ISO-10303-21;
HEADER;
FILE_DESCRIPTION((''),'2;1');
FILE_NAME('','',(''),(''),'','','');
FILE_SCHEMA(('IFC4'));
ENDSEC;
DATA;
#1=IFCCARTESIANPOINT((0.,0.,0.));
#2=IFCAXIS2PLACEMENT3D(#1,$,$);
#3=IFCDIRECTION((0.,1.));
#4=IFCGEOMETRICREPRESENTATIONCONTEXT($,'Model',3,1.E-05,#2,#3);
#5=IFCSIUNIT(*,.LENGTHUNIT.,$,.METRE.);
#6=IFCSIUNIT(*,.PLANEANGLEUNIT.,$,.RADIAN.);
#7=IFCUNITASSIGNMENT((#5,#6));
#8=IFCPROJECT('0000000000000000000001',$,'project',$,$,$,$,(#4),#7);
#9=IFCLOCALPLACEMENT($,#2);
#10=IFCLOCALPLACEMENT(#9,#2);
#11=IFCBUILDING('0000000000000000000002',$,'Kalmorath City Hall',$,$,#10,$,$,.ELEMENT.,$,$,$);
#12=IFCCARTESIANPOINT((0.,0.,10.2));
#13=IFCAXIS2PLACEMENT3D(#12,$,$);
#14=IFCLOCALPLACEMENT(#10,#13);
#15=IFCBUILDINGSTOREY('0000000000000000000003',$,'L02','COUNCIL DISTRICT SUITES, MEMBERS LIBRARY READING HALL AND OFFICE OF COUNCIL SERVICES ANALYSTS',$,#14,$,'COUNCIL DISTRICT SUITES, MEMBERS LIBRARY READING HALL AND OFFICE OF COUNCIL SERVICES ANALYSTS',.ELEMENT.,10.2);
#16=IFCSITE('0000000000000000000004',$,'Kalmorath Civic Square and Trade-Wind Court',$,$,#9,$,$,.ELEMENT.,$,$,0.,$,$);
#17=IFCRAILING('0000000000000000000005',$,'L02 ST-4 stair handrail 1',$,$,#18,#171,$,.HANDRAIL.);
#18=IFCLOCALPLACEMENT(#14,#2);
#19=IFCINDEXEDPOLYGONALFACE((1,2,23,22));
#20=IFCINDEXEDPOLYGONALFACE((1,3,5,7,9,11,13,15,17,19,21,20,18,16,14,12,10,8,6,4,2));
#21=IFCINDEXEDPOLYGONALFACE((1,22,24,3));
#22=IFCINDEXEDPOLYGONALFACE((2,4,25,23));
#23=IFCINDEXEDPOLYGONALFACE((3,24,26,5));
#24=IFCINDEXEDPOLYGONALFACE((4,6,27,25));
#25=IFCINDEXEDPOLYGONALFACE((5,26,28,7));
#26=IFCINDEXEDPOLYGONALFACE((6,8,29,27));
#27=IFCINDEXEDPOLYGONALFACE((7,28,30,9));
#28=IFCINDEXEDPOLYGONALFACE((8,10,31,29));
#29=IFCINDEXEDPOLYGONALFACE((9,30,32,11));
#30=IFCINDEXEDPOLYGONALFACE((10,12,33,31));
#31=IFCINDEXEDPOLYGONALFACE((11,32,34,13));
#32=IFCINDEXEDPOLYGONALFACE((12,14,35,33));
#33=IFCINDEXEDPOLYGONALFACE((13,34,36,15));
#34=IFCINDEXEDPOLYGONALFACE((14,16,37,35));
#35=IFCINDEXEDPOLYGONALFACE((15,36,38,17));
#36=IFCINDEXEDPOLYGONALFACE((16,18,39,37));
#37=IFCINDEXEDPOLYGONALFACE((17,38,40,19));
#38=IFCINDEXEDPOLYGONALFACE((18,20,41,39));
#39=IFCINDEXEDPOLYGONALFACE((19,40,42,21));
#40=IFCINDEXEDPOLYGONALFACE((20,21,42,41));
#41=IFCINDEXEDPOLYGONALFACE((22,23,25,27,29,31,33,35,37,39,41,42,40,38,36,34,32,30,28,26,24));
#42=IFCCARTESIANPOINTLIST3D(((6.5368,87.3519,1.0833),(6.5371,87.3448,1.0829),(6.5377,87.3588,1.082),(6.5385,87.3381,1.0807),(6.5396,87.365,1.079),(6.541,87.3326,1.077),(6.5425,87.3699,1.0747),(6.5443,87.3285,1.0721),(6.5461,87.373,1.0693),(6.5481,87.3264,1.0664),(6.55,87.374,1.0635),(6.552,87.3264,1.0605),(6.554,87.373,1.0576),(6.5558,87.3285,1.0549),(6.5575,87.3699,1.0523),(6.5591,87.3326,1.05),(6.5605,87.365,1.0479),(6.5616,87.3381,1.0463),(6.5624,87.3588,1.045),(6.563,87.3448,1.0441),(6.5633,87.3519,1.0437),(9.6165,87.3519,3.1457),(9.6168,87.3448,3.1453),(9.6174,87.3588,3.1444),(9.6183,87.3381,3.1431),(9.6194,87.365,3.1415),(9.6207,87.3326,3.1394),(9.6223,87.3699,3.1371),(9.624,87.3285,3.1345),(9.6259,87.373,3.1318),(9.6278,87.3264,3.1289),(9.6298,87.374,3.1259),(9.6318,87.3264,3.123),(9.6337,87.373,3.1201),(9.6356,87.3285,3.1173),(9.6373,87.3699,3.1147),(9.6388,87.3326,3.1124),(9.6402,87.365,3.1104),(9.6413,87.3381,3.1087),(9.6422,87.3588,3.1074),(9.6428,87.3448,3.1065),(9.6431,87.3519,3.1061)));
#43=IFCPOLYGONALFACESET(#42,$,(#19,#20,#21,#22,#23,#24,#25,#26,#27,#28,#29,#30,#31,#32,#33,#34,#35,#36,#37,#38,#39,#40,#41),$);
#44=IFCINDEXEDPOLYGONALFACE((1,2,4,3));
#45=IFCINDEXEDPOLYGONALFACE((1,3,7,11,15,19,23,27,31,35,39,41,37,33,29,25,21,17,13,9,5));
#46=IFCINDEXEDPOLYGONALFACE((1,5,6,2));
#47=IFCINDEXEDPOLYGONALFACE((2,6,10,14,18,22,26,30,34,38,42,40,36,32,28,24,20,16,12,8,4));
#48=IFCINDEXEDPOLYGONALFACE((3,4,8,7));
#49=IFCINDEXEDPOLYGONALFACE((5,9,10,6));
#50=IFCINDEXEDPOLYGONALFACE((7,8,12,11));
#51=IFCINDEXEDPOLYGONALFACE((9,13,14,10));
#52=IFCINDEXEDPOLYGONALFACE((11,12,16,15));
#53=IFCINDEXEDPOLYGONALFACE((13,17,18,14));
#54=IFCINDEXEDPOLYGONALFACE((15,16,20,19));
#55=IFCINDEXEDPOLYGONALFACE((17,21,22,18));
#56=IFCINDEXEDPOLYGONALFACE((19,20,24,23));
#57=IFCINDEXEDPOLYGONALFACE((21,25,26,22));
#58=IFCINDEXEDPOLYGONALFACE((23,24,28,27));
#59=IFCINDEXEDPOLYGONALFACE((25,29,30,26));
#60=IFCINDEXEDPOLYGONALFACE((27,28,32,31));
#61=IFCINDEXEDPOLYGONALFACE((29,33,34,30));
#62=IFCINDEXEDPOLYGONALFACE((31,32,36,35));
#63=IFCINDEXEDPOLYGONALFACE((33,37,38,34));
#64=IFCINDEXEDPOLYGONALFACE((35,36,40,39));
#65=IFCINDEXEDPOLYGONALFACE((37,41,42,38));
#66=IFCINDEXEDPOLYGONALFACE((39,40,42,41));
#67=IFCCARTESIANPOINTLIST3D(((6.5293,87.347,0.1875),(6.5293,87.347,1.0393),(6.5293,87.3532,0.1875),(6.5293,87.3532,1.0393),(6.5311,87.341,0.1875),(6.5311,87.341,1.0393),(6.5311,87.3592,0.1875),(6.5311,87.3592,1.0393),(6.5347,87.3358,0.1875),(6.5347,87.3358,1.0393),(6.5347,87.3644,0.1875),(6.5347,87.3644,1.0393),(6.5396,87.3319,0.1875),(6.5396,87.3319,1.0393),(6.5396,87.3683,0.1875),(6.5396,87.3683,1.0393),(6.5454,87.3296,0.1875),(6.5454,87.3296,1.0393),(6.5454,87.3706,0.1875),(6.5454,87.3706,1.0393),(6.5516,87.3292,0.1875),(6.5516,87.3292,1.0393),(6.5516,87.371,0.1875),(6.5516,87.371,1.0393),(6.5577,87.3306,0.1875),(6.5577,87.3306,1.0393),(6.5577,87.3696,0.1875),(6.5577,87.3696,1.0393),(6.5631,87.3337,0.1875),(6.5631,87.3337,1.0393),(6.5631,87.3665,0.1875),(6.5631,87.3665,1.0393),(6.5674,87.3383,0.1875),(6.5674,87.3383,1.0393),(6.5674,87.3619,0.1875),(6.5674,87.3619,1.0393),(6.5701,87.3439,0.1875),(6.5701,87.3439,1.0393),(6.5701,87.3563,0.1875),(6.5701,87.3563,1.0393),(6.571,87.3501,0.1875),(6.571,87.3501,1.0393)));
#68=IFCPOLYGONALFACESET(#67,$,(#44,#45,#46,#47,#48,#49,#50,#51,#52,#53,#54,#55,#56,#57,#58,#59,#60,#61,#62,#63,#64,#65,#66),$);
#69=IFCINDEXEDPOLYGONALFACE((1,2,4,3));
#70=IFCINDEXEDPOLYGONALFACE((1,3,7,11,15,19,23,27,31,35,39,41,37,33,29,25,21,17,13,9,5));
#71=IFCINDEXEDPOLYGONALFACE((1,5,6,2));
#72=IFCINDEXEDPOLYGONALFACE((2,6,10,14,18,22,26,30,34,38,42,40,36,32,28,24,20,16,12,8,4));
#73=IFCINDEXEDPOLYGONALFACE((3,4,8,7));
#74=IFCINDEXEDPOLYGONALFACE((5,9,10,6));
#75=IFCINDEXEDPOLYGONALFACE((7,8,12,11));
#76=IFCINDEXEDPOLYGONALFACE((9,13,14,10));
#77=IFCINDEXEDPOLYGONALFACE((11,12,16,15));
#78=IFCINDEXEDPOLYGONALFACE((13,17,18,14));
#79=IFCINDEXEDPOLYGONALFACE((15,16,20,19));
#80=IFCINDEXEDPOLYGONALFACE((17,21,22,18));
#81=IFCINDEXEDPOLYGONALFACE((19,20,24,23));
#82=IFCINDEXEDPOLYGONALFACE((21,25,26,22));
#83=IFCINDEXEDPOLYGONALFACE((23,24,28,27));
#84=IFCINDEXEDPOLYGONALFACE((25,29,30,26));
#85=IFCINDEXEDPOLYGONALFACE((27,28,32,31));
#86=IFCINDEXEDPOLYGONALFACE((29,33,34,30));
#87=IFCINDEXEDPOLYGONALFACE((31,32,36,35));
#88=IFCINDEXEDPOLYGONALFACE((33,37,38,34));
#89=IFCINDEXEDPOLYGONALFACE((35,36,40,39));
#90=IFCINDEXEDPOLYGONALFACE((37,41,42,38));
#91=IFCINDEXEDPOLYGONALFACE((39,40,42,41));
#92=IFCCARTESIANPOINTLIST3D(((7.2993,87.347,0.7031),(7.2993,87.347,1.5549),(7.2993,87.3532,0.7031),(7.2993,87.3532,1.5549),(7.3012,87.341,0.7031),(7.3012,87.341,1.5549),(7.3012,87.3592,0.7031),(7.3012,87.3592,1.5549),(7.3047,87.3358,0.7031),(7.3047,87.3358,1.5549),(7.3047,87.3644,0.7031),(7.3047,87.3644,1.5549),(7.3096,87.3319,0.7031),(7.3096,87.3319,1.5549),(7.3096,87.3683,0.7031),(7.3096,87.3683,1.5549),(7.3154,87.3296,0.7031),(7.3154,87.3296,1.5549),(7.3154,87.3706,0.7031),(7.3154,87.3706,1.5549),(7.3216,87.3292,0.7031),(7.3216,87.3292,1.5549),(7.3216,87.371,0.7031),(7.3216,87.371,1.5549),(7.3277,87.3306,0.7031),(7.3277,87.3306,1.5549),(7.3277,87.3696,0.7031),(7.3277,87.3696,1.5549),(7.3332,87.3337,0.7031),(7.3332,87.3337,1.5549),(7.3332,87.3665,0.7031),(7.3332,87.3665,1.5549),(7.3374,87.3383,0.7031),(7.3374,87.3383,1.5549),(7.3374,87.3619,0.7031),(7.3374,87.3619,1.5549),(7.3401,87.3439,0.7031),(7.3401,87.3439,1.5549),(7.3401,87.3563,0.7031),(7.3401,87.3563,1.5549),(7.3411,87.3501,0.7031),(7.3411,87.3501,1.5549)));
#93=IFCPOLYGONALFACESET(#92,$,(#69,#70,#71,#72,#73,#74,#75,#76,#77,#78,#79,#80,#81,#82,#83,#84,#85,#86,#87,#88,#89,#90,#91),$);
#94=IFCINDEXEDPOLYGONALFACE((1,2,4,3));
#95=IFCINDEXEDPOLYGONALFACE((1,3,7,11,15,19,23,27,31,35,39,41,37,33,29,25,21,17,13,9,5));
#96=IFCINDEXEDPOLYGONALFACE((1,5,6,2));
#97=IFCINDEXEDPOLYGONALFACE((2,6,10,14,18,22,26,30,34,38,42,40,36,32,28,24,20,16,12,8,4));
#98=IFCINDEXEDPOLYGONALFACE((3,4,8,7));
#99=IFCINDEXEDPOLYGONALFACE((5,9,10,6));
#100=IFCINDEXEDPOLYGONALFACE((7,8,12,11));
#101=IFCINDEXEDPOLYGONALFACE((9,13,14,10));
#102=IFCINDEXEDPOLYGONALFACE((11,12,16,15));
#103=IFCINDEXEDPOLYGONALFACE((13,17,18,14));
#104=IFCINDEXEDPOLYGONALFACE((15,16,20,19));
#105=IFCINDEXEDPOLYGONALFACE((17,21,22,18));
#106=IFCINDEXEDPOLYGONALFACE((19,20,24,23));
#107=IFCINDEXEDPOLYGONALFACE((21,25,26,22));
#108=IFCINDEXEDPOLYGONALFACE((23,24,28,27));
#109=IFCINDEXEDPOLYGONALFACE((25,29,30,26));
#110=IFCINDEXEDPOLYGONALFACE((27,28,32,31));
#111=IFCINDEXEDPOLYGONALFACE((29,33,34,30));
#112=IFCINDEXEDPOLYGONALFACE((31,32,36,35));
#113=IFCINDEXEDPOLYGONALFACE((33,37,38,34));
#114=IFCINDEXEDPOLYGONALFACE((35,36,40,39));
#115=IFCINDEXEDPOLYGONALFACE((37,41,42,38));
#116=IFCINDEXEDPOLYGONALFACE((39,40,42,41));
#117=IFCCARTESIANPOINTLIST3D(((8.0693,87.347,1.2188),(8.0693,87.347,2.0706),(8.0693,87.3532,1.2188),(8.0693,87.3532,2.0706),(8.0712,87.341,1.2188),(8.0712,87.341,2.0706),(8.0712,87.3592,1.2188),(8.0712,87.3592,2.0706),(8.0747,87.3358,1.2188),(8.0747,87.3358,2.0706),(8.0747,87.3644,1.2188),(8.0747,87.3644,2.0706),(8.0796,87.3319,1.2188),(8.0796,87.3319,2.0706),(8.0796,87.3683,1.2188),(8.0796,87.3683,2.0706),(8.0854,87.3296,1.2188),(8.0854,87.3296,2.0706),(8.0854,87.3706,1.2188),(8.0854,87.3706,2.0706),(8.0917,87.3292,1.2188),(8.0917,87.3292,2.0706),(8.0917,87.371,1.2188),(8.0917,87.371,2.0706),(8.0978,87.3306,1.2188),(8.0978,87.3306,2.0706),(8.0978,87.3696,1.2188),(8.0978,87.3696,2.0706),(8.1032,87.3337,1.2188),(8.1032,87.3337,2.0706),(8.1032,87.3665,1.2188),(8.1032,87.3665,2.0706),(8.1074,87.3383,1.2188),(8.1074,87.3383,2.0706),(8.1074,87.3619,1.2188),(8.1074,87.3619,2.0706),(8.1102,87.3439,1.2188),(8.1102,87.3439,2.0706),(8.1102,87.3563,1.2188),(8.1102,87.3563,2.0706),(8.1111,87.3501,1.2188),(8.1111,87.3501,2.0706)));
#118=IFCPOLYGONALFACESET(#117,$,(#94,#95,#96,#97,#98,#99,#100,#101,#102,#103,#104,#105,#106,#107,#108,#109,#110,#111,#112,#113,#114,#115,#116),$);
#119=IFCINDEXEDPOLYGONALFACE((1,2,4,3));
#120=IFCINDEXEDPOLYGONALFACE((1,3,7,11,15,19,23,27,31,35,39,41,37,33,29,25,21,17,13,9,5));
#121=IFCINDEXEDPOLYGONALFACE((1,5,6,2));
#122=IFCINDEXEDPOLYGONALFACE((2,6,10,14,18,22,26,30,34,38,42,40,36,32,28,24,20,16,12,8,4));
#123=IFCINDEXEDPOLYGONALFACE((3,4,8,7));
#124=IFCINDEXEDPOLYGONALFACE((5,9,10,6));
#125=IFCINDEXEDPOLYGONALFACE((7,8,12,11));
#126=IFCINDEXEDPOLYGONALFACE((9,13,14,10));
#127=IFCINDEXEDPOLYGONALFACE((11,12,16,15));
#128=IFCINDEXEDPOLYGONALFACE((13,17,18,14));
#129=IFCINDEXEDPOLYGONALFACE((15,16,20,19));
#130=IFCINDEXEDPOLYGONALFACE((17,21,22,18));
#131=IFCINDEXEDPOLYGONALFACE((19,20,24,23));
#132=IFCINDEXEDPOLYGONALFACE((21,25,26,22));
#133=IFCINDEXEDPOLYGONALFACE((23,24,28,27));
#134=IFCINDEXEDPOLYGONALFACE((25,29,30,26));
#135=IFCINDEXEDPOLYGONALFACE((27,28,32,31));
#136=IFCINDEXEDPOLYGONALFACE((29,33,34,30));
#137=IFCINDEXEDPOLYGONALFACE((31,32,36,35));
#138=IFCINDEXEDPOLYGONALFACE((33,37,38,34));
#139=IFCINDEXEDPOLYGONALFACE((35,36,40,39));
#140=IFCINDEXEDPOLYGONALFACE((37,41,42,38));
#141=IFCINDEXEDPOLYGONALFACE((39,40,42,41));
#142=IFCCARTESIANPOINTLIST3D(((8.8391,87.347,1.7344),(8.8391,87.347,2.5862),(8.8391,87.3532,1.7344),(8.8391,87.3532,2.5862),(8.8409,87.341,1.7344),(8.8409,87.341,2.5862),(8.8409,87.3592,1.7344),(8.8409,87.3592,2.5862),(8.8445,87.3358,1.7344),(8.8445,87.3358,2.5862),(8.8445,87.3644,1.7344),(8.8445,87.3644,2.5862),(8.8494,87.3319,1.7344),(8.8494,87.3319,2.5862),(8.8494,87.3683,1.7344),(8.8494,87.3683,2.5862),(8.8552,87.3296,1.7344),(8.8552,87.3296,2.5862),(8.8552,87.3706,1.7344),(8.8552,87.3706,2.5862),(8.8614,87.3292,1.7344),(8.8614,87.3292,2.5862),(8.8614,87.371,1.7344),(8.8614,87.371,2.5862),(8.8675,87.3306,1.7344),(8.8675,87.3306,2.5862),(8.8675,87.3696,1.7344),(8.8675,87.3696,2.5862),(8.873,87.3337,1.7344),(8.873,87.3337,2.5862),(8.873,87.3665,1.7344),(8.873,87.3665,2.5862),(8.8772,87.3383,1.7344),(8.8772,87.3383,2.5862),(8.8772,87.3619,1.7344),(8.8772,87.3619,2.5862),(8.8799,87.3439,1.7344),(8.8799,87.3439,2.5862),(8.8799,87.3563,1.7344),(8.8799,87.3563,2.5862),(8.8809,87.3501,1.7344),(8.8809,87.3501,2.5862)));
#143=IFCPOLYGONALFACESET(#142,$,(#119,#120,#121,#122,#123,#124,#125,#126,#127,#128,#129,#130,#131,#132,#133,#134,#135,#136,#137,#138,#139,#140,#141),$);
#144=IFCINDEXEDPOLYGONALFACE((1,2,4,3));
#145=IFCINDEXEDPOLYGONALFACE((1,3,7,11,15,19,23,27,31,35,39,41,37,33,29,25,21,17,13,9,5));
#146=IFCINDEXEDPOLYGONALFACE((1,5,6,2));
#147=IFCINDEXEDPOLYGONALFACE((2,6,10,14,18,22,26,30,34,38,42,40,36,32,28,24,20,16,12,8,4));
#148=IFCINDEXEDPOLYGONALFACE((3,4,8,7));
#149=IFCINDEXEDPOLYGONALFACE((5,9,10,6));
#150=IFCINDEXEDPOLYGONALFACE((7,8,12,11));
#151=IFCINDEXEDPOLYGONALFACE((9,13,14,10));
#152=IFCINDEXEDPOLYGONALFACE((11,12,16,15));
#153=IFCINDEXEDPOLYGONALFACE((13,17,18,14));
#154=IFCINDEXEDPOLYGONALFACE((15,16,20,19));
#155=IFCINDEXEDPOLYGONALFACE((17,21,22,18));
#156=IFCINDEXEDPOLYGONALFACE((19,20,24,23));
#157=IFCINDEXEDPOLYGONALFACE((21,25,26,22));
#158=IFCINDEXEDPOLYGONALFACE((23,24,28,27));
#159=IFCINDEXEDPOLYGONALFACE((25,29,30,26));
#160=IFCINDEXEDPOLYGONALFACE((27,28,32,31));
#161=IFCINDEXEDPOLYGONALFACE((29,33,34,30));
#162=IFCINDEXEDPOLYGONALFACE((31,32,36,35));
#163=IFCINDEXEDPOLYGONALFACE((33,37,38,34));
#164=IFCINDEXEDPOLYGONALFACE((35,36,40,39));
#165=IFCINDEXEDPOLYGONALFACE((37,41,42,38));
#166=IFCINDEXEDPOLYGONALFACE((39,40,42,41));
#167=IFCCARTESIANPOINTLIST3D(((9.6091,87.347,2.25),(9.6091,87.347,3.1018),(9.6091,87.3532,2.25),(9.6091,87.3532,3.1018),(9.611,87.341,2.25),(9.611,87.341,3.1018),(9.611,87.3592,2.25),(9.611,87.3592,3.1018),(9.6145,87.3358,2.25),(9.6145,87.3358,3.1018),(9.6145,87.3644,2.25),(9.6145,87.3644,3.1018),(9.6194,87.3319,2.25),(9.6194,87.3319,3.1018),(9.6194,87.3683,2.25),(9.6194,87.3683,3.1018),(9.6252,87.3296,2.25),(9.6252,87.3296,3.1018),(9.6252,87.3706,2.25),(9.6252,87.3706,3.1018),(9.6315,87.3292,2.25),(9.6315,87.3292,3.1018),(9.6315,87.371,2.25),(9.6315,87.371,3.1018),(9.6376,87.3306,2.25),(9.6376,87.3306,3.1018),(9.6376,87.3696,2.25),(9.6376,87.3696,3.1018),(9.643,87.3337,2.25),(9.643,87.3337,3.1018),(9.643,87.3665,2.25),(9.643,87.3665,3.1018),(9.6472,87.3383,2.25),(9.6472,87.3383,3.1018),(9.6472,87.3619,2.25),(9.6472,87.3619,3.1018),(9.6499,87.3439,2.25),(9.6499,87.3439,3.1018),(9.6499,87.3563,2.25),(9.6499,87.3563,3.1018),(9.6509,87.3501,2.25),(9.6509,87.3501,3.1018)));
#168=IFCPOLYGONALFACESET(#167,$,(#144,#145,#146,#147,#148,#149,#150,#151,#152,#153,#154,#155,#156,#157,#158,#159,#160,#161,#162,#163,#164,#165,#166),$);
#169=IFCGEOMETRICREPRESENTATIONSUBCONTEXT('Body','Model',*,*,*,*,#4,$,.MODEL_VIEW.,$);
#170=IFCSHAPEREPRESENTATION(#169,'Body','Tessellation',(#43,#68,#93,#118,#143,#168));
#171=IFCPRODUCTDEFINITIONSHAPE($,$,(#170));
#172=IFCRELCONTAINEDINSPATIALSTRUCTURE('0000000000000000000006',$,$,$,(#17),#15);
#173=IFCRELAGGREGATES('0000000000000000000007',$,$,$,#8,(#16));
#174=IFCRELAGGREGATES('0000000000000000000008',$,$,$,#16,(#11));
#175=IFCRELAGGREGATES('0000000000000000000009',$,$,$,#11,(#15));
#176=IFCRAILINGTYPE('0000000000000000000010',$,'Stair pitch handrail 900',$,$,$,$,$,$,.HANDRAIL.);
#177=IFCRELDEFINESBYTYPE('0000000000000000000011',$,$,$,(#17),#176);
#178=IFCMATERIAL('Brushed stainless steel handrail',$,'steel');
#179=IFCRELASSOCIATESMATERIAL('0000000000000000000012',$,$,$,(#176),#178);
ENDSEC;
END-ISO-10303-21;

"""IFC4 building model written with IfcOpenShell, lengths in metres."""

from ifc_helpers import new_model, si_unit, direction, frame, origin, origin_2d, place, context, subcontext, project, spatial, circle, extrude, material, type_object, element, save


model = new_model("IFC4")

# Units and contexts
model_context = context("Model", 3, precision=1e-05, world=origin(), true_north=direction((0.0, 1.0)))
body_context = subcontext(model_context, "Body", "Model", "MODEL_VIEW")
ifc_project = project(units=[si_unit("LENGTHUNIT", "METRE"), si_unit("PLANEANGLEUNIT", "RADIAN")], contexts=[model_context])

# Site, building, storey
site_placement = place(None, origin())
site = spatial("IfcSite", under=ifc_project, at=site_placement, Name="Kalmorath Civic Square and Trade-Wind Court", CompositionType="ELEMENT", RefElevation=0.0)
building_placement = place(site_placement, origin())
building = spatial("IfcBuilding", under=site, at=building_placement, Name="Kalmorath City Hall", CompositionType="ELEMENT")
storey_placement = place(building_placement, frame((0.0, 0.0, 10.2)))
storey = spatial("IfcBuildingStorey", under=building, at=storey_placement, Name="L02", Description="COUNCIL DISTRICT SUITES, MEMBERS LIBRARY READING HALL AND OFFICE OF COUNCIL SERVICES ANALYSTS", LongName="COUNCIL DISTRICT SUITES, MEMBERS LIBRARY READING HALL AND OFFICE OF COUNCIL SERVICES ANALYSTS", CompositionType="ELEMENT", Elevation=10.2)

# Railing
ifc_material_1 = material(Name="Brushed stainless steel handrail", Category="steel")
railing_type_1 = type_object("IfcRailingType", Name="Stair pitch handrail 900", PredefinedType="HANDRAIL", material=ifc_material_1)
railing_1_placement = place(storey_placement, frame((6.55, 87.3501, 0.1875)))
element("IfcRailing", 1, at=railing_1_placement, inside=storey, type_object=railing_type_1, Name="L02 ST-4 stair handrail 1", PredefinedType="HANDRAIL", context=body_context, shape_type="SweptSolid", body=[
    extrude(circle(Radius=0.0239, at=origin_2d()), frame((0.0, 0.0, 0.876), z_axis=(0.830893, 0.0, 0.556432), x_axis=(0.0, 1.0, 0.0)), (0.0, 0.0, 1.0), 3.7065),
    extrude(circle(Radius=0.021, at=origin_2d()), origin(), (0.0, 0.0, 1.0), 0.8518),
    extrude(circle(Radius=0.021, at=origin_2d()), frame((0.77, 0.0, 0.5156)), (0.0, 0.0, 1.0), 0.8518),
    extrude(circle(Radius=0.021, at=origin_2d()), frame((1.54, 0.0, 1.0312)), (0.0, 0.0, 1.0), 0.8518),
    extrude(circle(Radius=0.021, at=origin_2d()), frame((2.3098, 0.0, 1.5469)), (0.0, 0.0, 1.0), 0.8518),
    extrude(circle(Radius=0.021, at=origin_2d()), frame((3.0798, 0.0, 2.0625)), (0.0, 0.0, 1.0), 0.8518),
])

save(model, "model.ifc")
